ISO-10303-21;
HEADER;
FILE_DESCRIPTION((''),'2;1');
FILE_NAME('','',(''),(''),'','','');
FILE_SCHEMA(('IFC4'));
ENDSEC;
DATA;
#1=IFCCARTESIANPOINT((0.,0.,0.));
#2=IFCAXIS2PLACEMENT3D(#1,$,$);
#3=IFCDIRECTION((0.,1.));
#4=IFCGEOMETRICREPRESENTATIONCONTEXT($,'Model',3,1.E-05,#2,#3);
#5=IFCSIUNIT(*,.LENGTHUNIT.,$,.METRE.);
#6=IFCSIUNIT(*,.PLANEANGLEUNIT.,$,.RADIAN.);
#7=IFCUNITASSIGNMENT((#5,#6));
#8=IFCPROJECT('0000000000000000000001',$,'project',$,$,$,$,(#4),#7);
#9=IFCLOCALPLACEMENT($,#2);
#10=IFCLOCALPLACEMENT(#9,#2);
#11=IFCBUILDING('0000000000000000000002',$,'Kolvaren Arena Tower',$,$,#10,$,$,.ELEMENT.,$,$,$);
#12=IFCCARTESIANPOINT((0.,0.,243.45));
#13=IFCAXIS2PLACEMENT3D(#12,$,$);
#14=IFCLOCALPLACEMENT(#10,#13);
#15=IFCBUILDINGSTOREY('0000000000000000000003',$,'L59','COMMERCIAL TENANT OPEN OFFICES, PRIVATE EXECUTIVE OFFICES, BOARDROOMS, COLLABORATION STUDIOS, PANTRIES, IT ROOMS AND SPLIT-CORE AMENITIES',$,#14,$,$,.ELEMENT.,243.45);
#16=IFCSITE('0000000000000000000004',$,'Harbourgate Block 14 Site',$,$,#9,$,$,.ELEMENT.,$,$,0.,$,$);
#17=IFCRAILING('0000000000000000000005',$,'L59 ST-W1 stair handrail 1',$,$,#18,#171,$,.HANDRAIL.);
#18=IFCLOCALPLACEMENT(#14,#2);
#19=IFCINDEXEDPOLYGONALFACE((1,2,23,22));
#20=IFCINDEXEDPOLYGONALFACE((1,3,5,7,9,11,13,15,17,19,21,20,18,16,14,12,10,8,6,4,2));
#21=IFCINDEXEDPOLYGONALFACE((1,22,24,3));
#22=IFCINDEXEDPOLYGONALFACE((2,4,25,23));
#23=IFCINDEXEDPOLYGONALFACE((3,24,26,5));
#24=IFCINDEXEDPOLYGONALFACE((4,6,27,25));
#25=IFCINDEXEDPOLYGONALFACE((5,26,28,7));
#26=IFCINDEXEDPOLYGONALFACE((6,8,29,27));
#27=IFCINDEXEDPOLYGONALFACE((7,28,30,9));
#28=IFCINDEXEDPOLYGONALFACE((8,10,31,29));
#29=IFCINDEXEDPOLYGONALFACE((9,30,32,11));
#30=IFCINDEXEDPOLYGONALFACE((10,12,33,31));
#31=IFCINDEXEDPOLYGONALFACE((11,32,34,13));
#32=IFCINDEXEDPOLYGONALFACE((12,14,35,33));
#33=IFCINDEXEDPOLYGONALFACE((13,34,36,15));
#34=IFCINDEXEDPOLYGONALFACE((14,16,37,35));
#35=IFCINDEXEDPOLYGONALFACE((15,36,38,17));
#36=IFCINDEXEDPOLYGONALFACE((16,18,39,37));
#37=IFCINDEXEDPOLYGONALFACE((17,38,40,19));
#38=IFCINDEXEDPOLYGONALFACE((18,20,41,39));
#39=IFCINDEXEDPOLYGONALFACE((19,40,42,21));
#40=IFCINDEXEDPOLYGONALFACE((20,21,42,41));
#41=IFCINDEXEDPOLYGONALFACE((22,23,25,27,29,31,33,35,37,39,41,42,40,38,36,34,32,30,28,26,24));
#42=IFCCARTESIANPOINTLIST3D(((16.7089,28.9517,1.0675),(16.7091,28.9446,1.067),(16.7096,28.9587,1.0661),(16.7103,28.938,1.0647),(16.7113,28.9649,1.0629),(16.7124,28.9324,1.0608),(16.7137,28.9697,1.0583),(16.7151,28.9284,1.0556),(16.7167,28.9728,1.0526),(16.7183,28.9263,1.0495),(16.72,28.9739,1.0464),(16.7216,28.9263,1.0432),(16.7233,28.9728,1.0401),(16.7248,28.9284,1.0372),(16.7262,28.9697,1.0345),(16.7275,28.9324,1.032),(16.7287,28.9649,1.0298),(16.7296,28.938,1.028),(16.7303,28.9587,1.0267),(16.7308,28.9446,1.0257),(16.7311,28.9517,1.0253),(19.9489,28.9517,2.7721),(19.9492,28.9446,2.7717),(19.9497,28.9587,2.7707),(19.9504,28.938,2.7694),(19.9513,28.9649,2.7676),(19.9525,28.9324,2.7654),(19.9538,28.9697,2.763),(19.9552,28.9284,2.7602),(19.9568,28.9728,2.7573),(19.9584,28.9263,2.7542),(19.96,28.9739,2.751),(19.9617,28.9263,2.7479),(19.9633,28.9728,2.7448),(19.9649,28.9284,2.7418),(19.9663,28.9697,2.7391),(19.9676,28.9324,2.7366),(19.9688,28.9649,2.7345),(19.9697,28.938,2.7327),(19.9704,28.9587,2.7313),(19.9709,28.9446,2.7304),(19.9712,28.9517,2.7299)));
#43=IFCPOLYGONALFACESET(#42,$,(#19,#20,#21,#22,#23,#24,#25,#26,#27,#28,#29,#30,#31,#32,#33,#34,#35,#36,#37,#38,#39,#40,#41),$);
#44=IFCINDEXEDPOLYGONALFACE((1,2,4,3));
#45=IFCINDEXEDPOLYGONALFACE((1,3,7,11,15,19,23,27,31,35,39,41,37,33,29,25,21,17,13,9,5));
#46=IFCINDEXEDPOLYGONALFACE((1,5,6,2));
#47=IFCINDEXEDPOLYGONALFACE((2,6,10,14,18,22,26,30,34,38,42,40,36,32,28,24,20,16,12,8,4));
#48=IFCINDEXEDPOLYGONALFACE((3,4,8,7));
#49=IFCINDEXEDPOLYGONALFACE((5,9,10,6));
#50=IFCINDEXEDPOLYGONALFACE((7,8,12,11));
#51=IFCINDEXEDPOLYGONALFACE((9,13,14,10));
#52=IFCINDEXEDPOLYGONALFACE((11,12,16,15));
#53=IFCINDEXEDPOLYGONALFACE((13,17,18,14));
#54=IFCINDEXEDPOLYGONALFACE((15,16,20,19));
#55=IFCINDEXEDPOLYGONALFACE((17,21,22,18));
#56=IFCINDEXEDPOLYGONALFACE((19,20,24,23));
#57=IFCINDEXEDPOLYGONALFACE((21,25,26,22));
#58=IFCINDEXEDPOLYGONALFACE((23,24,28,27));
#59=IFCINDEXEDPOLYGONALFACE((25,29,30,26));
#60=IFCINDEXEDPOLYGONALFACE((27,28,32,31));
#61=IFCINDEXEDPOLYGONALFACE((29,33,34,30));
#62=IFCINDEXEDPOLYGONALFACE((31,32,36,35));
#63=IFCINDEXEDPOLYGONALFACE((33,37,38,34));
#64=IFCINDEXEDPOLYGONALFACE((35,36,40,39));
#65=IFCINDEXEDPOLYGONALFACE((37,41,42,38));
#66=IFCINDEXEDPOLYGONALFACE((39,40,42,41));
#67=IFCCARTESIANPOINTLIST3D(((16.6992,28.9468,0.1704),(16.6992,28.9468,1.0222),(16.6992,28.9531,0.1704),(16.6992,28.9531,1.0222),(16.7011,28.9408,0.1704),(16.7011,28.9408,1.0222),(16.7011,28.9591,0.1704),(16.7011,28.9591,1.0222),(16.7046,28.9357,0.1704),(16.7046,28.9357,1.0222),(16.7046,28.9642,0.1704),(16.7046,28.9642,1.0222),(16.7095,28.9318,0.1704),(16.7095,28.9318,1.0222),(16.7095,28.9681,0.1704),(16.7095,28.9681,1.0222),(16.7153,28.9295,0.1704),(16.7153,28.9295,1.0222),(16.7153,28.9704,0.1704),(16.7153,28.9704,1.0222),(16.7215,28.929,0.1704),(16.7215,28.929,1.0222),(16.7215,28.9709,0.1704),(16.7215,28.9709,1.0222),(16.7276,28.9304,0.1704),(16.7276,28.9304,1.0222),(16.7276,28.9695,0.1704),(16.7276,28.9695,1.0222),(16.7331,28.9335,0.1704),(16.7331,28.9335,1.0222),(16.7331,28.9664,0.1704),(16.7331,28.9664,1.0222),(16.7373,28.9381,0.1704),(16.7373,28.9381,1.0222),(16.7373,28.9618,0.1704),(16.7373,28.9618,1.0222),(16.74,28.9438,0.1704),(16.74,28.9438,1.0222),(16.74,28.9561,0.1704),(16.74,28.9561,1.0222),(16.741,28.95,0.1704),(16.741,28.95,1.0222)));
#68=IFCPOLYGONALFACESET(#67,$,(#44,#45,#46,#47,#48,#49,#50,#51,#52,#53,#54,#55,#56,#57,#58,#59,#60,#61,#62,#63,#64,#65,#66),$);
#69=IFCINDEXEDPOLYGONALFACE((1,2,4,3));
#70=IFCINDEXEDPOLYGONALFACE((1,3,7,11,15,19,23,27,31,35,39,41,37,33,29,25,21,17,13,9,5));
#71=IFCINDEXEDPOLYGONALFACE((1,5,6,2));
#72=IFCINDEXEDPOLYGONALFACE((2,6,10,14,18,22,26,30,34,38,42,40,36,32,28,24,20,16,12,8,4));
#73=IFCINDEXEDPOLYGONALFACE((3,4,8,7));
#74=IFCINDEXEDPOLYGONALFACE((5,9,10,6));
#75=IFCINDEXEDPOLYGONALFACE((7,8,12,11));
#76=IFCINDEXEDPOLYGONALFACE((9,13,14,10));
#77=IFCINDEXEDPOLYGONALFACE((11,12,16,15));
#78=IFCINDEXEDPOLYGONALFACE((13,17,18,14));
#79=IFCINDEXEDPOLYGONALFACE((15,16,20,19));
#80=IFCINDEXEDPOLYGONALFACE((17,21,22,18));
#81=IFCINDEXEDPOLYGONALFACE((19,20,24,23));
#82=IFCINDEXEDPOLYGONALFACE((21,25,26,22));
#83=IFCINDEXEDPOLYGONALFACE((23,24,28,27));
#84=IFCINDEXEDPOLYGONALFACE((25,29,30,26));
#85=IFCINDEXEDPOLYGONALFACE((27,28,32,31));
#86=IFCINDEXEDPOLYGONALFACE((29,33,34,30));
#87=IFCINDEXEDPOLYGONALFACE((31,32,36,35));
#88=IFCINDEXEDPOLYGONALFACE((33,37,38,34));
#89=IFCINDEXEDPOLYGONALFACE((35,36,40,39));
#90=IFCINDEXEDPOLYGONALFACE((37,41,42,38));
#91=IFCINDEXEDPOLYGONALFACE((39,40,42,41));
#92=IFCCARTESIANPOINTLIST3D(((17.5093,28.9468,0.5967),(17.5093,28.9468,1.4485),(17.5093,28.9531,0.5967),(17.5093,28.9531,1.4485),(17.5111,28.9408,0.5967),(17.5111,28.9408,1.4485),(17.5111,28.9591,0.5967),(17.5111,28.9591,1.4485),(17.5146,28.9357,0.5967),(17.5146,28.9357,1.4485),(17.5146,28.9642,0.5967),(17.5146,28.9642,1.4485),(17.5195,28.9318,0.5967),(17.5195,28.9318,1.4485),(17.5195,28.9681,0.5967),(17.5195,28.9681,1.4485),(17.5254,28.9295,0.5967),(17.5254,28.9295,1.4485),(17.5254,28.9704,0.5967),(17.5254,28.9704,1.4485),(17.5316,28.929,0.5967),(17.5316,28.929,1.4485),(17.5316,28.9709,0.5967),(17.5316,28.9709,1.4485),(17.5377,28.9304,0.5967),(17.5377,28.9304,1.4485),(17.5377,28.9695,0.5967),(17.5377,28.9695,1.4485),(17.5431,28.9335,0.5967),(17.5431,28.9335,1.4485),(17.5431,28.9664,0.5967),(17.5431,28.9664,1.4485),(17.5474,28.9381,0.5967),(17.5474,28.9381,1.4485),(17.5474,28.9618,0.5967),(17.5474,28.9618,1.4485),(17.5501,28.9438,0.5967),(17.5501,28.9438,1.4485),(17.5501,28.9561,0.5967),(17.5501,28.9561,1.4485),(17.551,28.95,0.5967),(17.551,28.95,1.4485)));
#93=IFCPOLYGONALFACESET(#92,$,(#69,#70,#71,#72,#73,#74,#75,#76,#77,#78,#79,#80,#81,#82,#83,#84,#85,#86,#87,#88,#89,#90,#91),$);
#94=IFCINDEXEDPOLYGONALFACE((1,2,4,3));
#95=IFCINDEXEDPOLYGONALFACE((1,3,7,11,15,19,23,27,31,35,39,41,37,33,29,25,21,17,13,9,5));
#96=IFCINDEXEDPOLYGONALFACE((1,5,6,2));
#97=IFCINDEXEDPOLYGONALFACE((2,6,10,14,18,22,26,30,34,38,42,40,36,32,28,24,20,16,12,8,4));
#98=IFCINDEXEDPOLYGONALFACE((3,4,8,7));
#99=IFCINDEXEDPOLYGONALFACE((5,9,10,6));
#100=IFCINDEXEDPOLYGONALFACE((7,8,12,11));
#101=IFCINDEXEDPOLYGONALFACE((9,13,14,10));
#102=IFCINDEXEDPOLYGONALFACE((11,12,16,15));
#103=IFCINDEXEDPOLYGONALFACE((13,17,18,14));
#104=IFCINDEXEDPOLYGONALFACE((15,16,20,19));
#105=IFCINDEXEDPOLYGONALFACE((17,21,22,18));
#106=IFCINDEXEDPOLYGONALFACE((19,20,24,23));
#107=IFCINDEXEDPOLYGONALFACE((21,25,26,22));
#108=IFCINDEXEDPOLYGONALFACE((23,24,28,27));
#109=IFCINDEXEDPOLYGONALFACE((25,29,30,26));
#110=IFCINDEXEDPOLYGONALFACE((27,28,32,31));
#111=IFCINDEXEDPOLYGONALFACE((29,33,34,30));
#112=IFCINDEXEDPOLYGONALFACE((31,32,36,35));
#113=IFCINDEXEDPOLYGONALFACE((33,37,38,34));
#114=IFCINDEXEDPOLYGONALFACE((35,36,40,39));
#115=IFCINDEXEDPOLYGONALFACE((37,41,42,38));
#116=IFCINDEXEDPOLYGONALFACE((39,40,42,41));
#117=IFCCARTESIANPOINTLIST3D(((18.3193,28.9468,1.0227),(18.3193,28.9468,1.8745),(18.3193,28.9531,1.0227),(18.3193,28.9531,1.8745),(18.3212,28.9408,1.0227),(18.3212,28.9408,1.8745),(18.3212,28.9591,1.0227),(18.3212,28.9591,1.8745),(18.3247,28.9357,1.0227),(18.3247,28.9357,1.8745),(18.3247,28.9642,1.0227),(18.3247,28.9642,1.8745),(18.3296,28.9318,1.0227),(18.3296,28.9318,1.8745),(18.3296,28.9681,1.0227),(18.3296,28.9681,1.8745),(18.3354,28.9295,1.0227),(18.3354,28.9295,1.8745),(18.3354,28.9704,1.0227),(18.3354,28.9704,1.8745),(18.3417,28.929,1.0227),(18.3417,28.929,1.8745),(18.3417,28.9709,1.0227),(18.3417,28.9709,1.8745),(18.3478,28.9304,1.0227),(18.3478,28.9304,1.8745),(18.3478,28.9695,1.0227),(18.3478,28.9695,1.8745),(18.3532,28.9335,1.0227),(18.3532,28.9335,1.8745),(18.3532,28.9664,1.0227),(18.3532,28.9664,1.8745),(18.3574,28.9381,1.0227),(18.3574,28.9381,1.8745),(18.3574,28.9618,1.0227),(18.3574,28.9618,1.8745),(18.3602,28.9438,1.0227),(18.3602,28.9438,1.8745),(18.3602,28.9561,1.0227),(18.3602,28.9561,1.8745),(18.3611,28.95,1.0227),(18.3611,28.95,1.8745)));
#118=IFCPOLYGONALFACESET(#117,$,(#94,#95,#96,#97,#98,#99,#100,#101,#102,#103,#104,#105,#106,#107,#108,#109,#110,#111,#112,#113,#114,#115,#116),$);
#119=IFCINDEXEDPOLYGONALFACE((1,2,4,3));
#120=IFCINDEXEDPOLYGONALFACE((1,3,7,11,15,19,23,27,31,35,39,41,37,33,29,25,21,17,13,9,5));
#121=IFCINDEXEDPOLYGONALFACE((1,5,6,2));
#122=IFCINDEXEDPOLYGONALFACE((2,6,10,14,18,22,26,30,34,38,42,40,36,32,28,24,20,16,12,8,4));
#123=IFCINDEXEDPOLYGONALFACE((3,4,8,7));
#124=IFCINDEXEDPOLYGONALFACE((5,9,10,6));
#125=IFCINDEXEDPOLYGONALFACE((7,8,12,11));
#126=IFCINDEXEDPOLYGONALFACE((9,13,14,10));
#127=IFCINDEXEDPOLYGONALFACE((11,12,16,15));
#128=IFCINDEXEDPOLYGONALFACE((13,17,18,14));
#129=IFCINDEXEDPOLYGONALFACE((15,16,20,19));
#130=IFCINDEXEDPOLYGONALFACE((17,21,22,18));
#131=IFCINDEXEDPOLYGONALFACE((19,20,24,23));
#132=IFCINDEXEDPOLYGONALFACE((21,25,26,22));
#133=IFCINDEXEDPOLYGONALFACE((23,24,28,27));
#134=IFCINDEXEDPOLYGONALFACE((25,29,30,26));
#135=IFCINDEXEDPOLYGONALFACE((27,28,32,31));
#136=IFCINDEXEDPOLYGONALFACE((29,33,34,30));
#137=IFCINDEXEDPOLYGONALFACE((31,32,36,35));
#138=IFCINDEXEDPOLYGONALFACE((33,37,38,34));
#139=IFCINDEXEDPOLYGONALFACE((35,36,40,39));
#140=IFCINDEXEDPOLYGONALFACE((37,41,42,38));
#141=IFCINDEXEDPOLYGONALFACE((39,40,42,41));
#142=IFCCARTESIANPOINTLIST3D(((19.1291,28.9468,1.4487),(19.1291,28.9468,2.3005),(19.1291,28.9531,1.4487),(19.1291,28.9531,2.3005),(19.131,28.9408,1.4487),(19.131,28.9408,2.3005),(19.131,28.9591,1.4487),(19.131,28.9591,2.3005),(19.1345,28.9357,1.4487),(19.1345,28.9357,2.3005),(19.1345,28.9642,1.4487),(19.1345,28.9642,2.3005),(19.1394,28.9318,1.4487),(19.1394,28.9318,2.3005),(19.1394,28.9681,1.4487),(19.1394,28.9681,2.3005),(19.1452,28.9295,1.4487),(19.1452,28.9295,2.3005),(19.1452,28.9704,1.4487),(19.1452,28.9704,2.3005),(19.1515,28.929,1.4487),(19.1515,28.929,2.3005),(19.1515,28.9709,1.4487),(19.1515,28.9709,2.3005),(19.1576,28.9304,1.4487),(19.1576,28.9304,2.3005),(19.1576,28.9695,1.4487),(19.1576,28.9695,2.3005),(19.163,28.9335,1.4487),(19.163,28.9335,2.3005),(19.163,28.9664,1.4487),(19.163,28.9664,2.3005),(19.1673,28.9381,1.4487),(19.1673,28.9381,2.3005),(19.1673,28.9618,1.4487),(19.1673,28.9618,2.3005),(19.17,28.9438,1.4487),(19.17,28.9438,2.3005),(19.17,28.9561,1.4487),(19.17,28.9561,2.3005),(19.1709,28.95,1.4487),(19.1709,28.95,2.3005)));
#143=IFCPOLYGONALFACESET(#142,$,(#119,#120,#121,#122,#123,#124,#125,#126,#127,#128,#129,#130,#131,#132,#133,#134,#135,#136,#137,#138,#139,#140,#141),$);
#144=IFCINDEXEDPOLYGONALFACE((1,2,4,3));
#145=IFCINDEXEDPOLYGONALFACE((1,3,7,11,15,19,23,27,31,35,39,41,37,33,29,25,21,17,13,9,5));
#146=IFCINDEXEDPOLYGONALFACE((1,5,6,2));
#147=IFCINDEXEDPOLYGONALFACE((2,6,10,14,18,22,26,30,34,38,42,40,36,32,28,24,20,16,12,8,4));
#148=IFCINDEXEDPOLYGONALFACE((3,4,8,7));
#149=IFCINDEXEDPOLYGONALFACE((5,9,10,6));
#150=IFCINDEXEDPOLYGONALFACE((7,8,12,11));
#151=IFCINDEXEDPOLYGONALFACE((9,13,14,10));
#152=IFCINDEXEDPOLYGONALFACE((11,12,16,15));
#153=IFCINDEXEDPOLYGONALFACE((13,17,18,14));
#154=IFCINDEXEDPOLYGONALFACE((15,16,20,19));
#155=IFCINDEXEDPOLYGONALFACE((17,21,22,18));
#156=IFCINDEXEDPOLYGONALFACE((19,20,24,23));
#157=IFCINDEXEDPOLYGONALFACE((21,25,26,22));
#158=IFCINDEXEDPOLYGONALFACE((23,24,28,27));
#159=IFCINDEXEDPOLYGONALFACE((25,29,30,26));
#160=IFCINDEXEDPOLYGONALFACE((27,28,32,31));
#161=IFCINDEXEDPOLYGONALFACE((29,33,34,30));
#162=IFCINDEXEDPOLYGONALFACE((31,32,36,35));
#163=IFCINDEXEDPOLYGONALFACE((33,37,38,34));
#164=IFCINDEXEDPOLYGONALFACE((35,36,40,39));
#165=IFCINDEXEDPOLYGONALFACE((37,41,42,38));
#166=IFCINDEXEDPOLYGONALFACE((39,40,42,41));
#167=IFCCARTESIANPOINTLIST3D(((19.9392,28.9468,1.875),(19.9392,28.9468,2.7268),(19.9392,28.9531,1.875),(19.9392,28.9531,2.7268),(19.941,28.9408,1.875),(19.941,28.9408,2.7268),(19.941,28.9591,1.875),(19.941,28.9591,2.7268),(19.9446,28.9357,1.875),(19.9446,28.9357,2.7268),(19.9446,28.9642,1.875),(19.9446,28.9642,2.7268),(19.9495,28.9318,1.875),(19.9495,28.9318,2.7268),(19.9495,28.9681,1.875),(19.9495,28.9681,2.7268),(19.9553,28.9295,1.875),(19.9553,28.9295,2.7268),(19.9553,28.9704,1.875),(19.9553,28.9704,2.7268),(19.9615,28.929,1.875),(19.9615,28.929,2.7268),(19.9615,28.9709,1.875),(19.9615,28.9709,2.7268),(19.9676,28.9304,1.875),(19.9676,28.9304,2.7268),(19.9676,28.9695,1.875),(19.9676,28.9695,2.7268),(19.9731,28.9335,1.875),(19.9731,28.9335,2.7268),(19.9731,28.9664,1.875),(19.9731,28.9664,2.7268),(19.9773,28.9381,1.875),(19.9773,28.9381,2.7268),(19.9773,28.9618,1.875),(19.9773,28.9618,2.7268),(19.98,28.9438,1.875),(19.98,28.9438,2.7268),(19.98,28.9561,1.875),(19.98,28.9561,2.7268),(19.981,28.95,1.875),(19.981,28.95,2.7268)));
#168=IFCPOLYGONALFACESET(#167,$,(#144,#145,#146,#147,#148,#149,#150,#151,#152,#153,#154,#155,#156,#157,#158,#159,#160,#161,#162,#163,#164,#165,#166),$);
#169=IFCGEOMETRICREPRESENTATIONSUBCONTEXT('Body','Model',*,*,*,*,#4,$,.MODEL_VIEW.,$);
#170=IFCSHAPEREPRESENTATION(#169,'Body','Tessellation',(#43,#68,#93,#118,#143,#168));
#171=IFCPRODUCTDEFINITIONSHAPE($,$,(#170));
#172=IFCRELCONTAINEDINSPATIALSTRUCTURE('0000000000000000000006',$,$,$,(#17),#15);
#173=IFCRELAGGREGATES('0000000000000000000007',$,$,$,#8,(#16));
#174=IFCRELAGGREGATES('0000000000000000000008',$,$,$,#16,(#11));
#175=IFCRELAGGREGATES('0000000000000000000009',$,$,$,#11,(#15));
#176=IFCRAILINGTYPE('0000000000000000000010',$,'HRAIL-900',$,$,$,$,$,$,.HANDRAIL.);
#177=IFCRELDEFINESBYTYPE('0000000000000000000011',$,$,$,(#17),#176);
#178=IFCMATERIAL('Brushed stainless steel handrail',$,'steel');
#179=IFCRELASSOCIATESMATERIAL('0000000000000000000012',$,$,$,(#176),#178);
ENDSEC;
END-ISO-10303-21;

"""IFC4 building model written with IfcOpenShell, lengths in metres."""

from ifc_helpers import new_model, si_unit, direction, frame, origin, origin_2d, place, context, subcontext, project, spatial, circle, extrude, material, type_object, element, save


model = new_model("IFC4")

# Units and contexts
model_context = context("Model", 3, precision=1e-05, world=origin(), true_north=direction((0.0, 1.0)))
body_context = subcontext(model_context, "Body", "Model", "MODEL_VIEW")
ifc_project = project(units=[si_unit("LENGTHUNIT", "METRE"), si_unit("PLANEANGLEUNIT", "RADIAN")], contexts=[model_context])

# Site, building, storey
site_placement = place(None, origin())
site = spatial("IfcSite", under=ifc_project, at=site_placement, Name="Harbourgate Block 14 Site", CompositionType="ELEMENT", RefElevation=0.0)
building_placement = place(site_placement, origin())
building = spatial("IfcBuilding", under=site, at=building_placement, Name="Kolvaren Arena Tower", CompositionType="ELEMENT")
storey_placement = place(building_placement, frame((0.0, 0.0, 243.45)))
storey = spatial("IfcBuildingStorey", under=building, at=storey_placement, Name="L59", Description="COMMERCIAL TENANT OPEN OFFICES, PRIVATE EXECUTIVE OFFICES, BOARDROOMS, COLLABORATION STUDIOS, PANTRIES, IT ROOMS AND SPLIT-CORE AMENITIES", CompositionType="ELEMENT", Elevation=243.45)

# Railing
ifc_material_1 = material(Name="Brushed stainless steel handrail", Category="steel")
railing_type_1 = type_object("IfcRailingType", Name="HRAIL-900", PredefinedType="HANDRAIL", material=ifc_material_1)
railing_1_placement = place(storey_placement, frame((16.72, 28.95, 0.1704)))
element("IfcRailing", 1, at=railing_1_placement, inside=storey, type_object=railing_type_1, Name="L59 ST-W1 stair handrail 1", PredefinedType="HANDRAIL", context=body_context, shape_type="SweptSolid", body=[
    extrude(circle(Radius=0.0239, at=origin_2d()), frame((0.0, 0.0, 0.876), z_axis=(0.884993, 0.0, 0.465604), x_axis=(0.0, 1.0, 0.0)), (0.0, 0.0, 1.0), 3.6611),
    extrude(circle(Radius=0.021, at=origin_2d()), origin(), (0.0, 0.0, 1.0), 0.8518),
    extrude(circle(Radius=0.021, at=origin_2d()), frame((0.8101, 0.0, 0.4263)), (0.0, 0.0, 1.0), 0.8518),
    extrude(circle(Radius=0.021, at=origin_2d()), frame((1.6201, 0.0, 0.8523)), (0.0, 0.0, 1.0), 0.8518),
    extrude(circle(Radius=0.021, at=origin_2d()), frame((2.4299, 0.0, 1.2783)), (0.0, 0.0, 1.0), 0.8518),
    extrude(circle(Radius=0.021, at=origin_2d()), frame((3.24, 0.0, 1.7046)), (0.0, 0.0, 1.0), 0.8518),
])

save(model, "model.ifc")
